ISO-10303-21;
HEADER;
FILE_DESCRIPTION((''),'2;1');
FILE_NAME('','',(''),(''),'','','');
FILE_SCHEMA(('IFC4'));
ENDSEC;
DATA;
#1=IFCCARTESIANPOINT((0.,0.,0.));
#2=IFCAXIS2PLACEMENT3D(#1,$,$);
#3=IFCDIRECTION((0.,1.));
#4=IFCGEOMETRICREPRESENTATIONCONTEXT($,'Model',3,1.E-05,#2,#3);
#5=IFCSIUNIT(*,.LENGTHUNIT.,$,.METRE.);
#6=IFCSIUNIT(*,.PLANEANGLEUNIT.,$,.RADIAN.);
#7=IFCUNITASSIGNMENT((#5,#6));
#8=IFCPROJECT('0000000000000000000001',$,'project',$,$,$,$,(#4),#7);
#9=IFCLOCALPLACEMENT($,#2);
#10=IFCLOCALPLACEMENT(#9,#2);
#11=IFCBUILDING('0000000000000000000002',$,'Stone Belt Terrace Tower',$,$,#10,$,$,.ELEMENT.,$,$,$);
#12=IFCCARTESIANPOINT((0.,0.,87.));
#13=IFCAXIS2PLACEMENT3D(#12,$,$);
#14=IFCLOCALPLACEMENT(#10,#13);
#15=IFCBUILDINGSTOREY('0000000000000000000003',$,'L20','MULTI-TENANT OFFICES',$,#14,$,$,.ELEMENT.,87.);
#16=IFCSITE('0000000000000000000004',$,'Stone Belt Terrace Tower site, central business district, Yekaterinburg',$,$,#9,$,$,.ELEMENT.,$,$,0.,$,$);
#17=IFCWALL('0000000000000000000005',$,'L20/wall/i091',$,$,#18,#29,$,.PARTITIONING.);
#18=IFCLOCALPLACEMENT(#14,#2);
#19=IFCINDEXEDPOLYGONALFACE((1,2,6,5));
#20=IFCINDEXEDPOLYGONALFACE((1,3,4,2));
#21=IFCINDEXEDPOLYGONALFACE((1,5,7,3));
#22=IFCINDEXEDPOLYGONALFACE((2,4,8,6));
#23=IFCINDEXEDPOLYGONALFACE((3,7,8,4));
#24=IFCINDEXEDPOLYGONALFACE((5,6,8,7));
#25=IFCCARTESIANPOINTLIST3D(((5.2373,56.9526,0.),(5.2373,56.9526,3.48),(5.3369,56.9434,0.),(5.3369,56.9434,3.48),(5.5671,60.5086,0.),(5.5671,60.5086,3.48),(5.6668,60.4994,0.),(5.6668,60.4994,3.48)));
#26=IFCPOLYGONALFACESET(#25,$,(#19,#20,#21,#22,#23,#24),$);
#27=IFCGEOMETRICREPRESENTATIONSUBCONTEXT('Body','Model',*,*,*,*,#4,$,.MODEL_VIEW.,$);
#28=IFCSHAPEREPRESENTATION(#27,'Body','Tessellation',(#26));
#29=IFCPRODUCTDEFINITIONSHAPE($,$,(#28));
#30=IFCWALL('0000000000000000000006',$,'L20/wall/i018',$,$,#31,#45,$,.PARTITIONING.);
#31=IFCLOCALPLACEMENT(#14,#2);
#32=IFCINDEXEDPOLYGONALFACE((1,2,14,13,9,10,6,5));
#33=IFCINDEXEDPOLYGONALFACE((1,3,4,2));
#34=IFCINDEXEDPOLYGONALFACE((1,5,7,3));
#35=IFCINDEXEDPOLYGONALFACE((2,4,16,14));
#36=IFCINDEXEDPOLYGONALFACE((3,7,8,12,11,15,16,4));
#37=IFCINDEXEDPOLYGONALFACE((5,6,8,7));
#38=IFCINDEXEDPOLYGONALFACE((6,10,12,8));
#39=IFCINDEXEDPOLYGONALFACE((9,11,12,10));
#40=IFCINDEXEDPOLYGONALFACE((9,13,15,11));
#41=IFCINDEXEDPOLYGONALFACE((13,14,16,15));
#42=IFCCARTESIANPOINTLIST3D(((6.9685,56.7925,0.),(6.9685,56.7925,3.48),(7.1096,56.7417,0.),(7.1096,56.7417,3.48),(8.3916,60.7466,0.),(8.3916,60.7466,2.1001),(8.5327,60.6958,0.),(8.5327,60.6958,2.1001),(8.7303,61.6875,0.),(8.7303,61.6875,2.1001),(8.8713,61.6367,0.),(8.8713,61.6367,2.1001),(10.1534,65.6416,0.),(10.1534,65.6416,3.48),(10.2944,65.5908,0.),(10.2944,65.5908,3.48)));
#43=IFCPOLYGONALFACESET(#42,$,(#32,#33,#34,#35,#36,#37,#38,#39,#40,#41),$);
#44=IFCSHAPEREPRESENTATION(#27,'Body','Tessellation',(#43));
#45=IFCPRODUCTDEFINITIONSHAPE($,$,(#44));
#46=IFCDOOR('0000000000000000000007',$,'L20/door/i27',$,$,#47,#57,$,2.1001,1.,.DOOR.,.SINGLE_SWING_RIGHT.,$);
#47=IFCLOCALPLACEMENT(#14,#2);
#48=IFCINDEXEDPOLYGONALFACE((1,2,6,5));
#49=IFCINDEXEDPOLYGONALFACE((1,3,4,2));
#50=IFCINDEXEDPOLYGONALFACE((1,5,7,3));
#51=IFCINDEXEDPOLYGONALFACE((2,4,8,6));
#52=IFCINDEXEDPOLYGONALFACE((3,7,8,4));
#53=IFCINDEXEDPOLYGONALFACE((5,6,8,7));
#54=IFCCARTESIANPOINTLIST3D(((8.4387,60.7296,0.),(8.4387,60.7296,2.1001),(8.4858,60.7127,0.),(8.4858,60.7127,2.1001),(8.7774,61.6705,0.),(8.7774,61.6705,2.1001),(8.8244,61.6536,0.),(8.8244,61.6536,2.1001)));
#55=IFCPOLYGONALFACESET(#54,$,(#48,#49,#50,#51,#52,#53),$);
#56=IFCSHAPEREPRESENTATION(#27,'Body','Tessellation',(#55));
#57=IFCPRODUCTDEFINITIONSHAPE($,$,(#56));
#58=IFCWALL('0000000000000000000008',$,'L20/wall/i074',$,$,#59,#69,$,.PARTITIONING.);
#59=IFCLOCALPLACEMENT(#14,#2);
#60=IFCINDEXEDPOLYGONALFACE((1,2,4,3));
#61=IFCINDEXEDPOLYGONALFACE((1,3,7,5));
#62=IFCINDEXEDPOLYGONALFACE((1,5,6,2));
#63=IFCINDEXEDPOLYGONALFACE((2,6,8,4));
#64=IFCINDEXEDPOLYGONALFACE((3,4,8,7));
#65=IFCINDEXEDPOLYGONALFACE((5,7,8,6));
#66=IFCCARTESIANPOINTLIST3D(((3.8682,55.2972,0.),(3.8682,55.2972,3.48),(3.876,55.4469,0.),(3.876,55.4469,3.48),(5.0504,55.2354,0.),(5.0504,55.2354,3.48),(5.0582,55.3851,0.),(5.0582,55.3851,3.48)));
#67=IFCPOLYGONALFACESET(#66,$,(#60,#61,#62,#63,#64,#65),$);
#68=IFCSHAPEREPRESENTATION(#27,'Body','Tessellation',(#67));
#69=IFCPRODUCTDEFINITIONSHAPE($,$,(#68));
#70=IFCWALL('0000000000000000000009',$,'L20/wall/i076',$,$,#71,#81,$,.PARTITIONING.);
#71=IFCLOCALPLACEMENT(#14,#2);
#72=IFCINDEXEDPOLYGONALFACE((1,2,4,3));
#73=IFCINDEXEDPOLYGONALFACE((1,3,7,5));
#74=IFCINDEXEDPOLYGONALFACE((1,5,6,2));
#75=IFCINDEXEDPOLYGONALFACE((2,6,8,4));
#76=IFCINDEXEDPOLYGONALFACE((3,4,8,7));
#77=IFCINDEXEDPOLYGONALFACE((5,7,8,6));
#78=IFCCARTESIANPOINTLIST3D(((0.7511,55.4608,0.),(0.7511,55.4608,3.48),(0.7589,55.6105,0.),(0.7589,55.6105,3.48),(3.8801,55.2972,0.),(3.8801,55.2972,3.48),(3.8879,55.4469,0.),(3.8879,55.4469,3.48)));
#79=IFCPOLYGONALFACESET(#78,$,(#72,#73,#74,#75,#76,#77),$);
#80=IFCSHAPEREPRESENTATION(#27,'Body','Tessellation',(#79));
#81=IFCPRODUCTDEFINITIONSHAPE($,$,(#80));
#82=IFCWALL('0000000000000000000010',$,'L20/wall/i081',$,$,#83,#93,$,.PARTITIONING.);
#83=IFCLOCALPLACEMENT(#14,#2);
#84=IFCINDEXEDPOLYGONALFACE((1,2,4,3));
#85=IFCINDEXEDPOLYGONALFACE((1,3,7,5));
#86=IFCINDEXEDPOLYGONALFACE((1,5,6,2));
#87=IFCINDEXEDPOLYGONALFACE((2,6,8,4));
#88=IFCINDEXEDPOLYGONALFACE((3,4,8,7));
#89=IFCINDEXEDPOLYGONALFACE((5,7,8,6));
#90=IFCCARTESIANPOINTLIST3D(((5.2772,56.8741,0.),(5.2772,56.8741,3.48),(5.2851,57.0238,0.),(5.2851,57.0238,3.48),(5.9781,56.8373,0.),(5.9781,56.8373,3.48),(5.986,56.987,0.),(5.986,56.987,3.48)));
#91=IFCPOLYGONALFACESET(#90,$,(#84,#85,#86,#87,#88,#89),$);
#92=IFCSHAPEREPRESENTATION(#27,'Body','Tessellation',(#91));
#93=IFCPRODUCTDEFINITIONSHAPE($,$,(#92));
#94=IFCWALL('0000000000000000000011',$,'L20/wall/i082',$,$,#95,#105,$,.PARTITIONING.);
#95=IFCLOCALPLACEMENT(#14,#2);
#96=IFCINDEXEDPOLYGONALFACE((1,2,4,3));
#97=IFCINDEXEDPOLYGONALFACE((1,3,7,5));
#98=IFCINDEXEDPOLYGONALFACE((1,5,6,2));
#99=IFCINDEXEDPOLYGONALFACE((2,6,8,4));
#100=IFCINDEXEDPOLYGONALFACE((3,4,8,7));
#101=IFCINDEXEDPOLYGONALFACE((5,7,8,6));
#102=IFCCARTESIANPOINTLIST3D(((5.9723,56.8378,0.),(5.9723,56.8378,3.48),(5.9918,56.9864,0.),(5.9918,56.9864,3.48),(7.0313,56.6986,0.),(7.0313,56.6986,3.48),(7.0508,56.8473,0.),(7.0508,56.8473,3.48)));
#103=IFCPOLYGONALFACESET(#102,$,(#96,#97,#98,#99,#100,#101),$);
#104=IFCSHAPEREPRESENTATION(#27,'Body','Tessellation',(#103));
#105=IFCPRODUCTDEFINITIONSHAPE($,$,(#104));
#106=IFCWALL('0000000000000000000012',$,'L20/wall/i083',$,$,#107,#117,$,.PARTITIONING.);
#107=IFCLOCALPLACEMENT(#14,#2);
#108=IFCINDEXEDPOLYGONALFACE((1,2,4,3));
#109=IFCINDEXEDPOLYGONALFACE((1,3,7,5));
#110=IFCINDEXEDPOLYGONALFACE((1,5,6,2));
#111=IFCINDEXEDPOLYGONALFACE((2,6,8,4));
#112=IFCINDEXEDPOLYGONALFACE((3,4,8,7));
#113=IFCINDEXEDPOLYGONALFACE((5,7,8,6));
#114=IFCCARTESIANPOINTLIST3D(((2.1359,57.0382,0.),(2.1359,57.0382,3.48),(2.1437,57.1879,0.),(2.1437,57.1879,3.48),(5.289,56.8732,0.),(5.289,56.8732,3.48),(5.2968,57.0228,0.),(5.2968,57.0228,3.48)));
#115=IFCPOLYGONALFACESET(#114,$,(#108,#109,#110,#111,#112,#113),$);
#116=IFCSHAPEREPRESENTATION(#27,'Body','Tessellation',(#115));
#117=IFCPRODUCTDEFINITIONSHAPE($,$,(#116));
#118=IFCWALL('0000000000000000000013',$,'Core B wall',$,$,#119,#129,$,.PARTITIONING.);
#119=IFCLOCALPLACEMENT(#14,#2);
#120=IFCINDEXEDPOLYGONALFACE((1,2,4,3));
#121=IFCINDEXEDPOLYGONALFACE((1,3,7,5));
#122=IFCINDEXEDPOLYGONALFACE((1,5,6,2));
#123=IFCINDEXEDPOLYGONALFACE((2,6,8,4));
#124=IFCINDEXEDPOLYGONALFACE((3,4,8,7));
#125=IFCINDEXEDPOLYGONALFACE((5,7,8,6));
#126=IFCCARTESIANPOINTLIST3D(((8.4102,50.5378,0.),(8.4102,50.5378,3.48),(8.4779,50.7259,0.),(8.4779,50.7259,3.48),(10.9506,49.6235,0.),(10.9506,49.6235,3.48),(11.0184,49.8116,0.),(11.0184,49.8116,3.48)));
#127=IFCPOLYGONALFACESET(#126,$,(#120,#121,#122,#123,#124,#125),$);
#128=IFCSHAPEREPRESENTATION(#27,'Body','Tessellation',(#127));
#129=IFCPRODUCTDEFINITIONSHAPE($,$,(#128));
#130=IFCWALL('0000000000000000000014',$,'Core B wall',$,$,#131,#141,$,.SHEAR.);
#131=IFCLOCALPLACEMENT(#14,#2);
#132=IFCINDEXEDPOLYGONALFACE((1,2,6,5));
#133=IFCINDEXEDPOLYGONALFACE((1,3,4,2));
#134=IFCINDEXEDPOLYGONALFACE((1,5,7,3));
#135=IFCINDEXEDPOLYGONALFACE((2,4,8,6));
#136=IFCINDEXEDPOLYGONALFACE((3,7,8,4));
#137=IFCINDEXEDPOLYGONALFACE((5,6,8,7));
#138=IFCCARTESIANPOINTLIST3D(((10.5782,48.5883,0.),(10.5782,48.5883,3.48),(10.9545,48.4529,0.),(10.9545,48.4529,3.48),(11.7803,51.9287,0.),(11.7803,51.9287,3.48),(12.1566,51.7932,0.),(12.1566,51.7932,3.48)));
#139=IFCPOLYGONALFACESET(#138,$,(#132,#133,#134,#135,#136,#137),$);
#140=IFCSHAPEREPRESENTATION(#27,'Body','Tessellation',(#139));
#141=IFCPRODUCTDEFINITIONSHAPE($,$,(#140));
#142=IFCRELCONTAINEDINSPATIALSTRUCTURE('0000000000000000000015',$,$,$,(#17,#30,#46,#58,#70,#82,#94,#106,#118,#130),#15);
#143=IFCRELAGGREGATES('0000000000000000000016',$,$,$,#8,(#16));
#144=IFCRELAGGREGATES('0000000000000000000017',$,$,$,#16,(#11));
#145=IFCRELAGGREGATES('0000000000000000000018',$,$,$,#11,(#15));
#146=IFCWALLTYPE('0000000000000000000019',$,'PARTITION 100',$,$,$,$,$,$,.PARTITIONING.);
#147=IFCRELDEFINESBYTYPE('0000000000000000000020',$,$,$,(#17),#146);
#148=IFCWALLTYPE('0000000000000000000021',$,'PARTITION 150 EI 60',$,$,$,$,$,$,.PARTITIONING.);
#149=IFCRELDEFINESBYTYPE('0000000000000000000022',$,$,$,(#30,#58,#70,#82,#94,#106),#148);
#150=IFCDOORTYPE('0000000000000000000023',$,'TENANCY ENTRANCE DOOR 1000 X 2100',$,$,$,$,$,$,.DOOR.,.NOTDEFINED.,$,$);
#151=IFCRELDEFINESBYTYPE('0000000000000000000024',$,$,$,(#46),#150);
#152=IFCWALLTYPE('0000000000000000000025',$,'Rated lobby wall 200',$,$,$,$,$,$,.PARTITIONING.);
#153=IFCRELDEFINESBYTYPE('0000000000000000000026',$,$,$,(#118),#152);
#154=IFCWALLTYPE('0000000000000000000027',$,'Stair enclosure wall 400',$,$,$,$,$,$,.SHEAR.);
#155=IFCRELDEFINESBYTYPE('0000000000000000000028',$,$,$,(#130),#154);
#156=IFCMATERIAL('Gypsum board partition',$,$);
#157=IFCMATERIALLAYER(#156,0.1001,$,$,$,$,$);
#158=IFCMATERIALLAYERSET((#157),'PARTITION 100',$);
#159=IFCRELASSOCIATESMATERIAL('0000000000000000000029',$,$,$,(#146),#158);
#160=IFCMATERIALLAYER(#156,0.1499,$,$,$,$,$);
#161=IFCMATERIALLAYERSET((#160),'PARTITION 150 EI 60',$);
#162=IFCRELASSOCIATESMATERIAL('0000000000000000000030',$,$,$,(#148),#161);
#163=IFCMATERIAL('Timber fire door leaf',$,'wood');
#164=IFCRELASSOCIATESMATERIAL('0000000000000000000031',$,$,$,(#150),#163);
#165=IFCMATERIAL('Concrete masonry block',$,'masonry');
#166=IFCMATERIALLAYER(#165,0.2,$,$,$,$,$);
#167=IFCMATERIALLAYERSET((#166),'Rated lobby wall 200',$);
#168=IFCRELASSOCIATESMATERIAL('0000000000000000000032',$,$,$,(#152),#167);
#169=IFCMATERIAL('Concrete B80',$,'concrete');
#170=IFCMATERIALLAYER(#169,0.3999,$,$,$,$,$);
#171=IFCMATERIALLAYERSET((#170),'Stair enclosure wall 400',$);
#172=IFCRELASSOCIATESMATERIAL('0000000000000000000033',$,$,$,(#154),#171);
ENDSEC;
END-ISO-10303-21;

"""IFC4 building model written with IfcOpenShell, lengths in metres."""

from ifc_helpers import new_model, si_unit, direction, frame, frame_2d, origin, place, context, subcontext, project, spatial, rectangle, extrude, material, layer, layer_set, type_object, element, fill, save


model = new_model("IFC4")

# Units and contexts
model_context = context("Model", 3, precision=1e-05, world=origin(), true_north=direction((0.0, 1.0)))
body_context = subcontext(model_context, "Body", "Model", "MODEL_VIEW")
ifc_project = project(units=[si_unit("LENGTHUNIT", "METRE"), si_unit("PLANEANGLEUNIT", "RADIAN")], contexts=[model_context])

# Site, building, storey
site_placement = place(None, origin())
site = spatial("IfcSite", under=ifc_project, at=site_placement, Name="Stone Belt Terrace Tower site, central business district, Yekaterinburg", CompositionType="ELEMENT", RefElevation=0.0)
building_placement = place(site_placement, origin())
building = spatial("IfcBuilding", under=site, at=building_placement, Name="Stone Belt Terrace Tower", CompositionType="ELEMENT")
storey_placement = place(building_placement, frame((0.0, 0.0, 87.0)))
storey = spatial("IfcBuildingStorey", under=building, at=storey_placement, Name="L20", Description="MULTI-TENANT OFFICES", CompositionType="ELEMENT", Elevation=87.0)

# Shared definitions
ifc_material_1 = material(Name="Concrete B80", Category="concrete")

# Shared definitions
ifc_material_2 = material(Name="Gypsum board partition")
ifc_layer_1 = layer(ifc_material_2, 0.1001)
ifc_layer_set_1 = layer_set([ifc_layer_1], Name="PARTITION 100")
wall_type_1 = type_object("IfcWallType", Name="PARTITION 100", PredefinedType="PARTITIONING", material=ifc_layer_set_1)

# Wall
wall_1_placement = place(storey_placement, frame((5.2871, 56.948, 0.0), z_axis=(0.0, 0.0, 1.0), x_axis=(0.09236, 0.995726, 0.0)))
element("IfcWall", 1, at=wall_1_placement, inside=storey, type_object=wall_type_1, Name="L20/wall/i091", PredefinedType="PARTITIONING", context=body_context, shape_type="SweptSolid", body=[
    extrude(rectangle(XDim=3.5713, YDim=0.1001, at=frame_2d((1.7856, 0.0))), origin(), (0.0, 0.0, 1.0), 3.48),
])

# Wall, opening, door
ifc_layer_2 = layer(ifc_material_2, 0.1499)
ifc_layer_set_2 = layer_set([ifc_layer_2], Name="PARTITION 150 EI 60")
wall_type_2 = type_object("IfcWallType", Name="PARTITION 150 EI 60", PredefinedType="PARTITIONING", material=ifc_layer_set_2)
wall_2_placement = place(storey_placement, frame((7.0391, 56.7671, 0.0), z_axis=(0.0, 0.0, 1.0), x_axis=(0.338638, 0.940917, 0.0)))
wall_2 = element("IfcWall", 2, at=wall_2_placement, inside=storey, type_object=wall_type_2, Name="L20/wall/i018", PredefinedType="PARTITIONING", context=body_context, shape_type="SweptSolid", body=[
    extrude(rectangle(XDim=9.4048, YDim=0.1499, at=frame_2d((4.7024, 0.0))), origin(), (0.0, 0.0, 1.0), 3.48),
])
opening_1_placement = place(wall_2_placement, frame((4.2024, 0.0, 0.0)))
opening_1 = element("IfcOpeningElement", 3, at=opening_1_placement, cuts=wall_2, PredefinedType="OPENING", context=body_context, shape_type="SweptSolid", body=[
    extrude(rectangle(XDim=1.0, YDim=2.1001, at=frame_2d((0.5, 1.05))), frame((0.0, 0.085, 0.0), z_axis=(0.0, -1.0, 0.0), x_axis=(1.0, 0.0, 0.0)), (0.0, 0.0, 1.0), 0.1699),
])
ifc_material_3 = material(Name="Timber fire door leaf", Category="wood")
door_type_1 = type_object("IfcDoorType", Name="TENANCY ENTRANCE DOOR 1000 X 2100", OperationType="NOTDEFINED", PredefinedType="DOOR", material=ifc_material_3)
door_1_placement = place(opening_1_placement, origin())
door_1 = element("IfcDoor", 4, at=door_1_placement, inside=storey, type_object=door_type_1, Name="L20/door/i27", OperationType="SINGLE_SWING_RIGHT", OverallHeight=2.1001, OverallWidth=1.0, PredefinedType="DOOR", context=body_context, shape_type="SweptSolid", body=[
    extrude(rectangle(XDim=1.0, YDim=2.1001, at=frame_2d((0.5, 1.05))), frame((0.0, 0.0249, 0.0), z_axis=(0.0, -1.0, 0.0), x_axis=(1.0, 0.0, 0.0)), (0.0, 0.0, 1.0), 0.05),
])
fill(opening_1, door_1)

# Walls
wall_3_placement = place(storey_placement, frame((5.0542, 55.3103, 0.0), z_axis=(0.0, 0.0, 1.0), x_axis=(-0.998638, 0.05218, 0.0)))
element("IfcWall", 5, at=wall_3_placement, inside=storey, type_object=wall_type_2, Name="L20/wall/i074", PredefinedType="PARTITIONING", context=body_context, shape_type="SweptSolid", body=[
    extrude(rectangle(XDim=1.1838, YDim=0.1499, at=frame_2d((0.5918, 0.0))), origin(), (0.0, 0.0, 1.0), 3.48),
])
wall_4_placement = place(storey_placement, frame((3.884, 55.3721, 0.0), z_axis=(0.0, 0.0, 1.0), x_axis=(-0.998636, 0.052203, 0.0)))
element("IfcWall", 6, at=wall_4_placement, inside=storey, type_object=wall_type_2, Name="L20/wall/i076", PredefinedType="PARTITIONING", context=body_context, shape_type="SweptSolid", body=[
    extrude(rectangle(XDim=3.1333, YDim=0.1499, at=frame_2d((1.5667, 0.0))), origin(), (0.0, 0.0, 1.0), 3.48),
])
wall_5_placement = place(storey_placement, frame((5.281, 56.949, 0.0), z_axis=(0.0, 0.0, 1.0), x_axis=(0.99862, -0.052522, 0.0)))
element("IfcWall", 7, at=wall_5_placement, inside=storey, type_object=wall_type_2, Name="L20/wall/i081", PredefinedType="PARTITIONING", context=body_context, shape_type="SweptSolid", body=[
    extrude(rectangle(XDim=0.7019, YDim=0.1499, at=frame_2d((0.3511, 0.0))), origin(), (0.0, 0.0, 1.0), 3.48),
])
wall_6_placement = place(storey_placement, frame((5.9819, 56.9121, 0.0), z_axis=(0.0, 0.0, 1.0), x_axis=(0.991478, -0.130277, 0.0)))
element("IfcWall", 8, at=wall_6_placement, inside=storey, type_object=wall_type_2, Name="L20/wall/i082", PredefinedType="PARTITIONING", context=body_context, shape_type="SweptSolid", body=[
    extrude(rectangle(XDim=1.0681, YDim=0.1499, at=frame_2d((0.5342, 0.0))), origin(), (0.0, 0.0, 1.0), 3.48),
])
wall_7_placement = place(storey_placement, frame((2.1399, 57.113, 0.0), z_axis=(0.0, 0.0, 1.0), x_axis=(0.998633, -0.052271, 0.0)))
element("IfcWall", 9, at=wall_7_placement, inside=storey, type_object=wall_type_2, Name="L20/wall/i083", PredefinedType="PARTITIONING", context=body_context, shape_type="SweptSolid", body=[
    extrude(rectangle(XDim=3.1575, YDim=0.1499, at=frame_2d((1.5786, 0.0))), origin(), (0.0, 0.0, 1.0), 3.48),
])
ifc_material_4 = material(Name="Concrete masonry block", Category="masonry")
ifc_layer_3 = layer(ifc_material_4, 0.2)
ifc_layer_set_3 = layer_set([ifc_layer_3], Name="Rated lobby wall 200")
wall_type_3 = type_object("IfcWallType", Name="Rated lobby wall 200", PredefinedType="PARTITIONING", material=ifc_layer_set_3)
wall_8_placement = place(storey_placement, frame((10.9846, 49.7175, 0.0), z_axis=(0.0, 0.0, 1.0), x_axis=(-0.940921, 0.338627, 0.0)))
element("IfcWall", 10, at=wall_8_placement, inside=storey, type_object=wall_type_3, Name="Core B wall", PredefinedType="PARTITIONING", context=body_context, shape_type="SweptSolid", body=[
    extrude(rectangle(XDim=2.7, YDim=0.2, at=frame_2d((1.3501, 0.0))), origin(), (0.0, 0.0, 1.0), 3.48),
])
ifc_layer_4 = layer(ifc_material_1, 0.3999)
ifc_layer_set_4 = layer_set([ifc_layer_4], Name="Stair enclosure wall 400")
wall_type_4 = type_object("IfcWallType", Name="Stair enclosure wall 400", PredefinedType="SHEAR", material=ifc_layer_set_4)
wall_9_placement = place(storey_placement, frame((10.7664, 48.5208, 0.0), z_axis=(0.0, 0.0, 1.0), x_axis=(0.338627, 0.940921, 0.0)))
element("IfcWall", 11, at=wall_9_placement, inside=storey, type_object=wall_type_4, Name="Core B wall", PredefinedType="SHEAR", context=body_context, shape_type="SweptSolid", body=[
    extrude(rectangle(XDim=3.55, YDim=0.3999, at=frame_2d((1.7749, 0.0))), origin(), (0.0, 0.0, 1.0), 3.48),
])

save(model, "model.ifc")
